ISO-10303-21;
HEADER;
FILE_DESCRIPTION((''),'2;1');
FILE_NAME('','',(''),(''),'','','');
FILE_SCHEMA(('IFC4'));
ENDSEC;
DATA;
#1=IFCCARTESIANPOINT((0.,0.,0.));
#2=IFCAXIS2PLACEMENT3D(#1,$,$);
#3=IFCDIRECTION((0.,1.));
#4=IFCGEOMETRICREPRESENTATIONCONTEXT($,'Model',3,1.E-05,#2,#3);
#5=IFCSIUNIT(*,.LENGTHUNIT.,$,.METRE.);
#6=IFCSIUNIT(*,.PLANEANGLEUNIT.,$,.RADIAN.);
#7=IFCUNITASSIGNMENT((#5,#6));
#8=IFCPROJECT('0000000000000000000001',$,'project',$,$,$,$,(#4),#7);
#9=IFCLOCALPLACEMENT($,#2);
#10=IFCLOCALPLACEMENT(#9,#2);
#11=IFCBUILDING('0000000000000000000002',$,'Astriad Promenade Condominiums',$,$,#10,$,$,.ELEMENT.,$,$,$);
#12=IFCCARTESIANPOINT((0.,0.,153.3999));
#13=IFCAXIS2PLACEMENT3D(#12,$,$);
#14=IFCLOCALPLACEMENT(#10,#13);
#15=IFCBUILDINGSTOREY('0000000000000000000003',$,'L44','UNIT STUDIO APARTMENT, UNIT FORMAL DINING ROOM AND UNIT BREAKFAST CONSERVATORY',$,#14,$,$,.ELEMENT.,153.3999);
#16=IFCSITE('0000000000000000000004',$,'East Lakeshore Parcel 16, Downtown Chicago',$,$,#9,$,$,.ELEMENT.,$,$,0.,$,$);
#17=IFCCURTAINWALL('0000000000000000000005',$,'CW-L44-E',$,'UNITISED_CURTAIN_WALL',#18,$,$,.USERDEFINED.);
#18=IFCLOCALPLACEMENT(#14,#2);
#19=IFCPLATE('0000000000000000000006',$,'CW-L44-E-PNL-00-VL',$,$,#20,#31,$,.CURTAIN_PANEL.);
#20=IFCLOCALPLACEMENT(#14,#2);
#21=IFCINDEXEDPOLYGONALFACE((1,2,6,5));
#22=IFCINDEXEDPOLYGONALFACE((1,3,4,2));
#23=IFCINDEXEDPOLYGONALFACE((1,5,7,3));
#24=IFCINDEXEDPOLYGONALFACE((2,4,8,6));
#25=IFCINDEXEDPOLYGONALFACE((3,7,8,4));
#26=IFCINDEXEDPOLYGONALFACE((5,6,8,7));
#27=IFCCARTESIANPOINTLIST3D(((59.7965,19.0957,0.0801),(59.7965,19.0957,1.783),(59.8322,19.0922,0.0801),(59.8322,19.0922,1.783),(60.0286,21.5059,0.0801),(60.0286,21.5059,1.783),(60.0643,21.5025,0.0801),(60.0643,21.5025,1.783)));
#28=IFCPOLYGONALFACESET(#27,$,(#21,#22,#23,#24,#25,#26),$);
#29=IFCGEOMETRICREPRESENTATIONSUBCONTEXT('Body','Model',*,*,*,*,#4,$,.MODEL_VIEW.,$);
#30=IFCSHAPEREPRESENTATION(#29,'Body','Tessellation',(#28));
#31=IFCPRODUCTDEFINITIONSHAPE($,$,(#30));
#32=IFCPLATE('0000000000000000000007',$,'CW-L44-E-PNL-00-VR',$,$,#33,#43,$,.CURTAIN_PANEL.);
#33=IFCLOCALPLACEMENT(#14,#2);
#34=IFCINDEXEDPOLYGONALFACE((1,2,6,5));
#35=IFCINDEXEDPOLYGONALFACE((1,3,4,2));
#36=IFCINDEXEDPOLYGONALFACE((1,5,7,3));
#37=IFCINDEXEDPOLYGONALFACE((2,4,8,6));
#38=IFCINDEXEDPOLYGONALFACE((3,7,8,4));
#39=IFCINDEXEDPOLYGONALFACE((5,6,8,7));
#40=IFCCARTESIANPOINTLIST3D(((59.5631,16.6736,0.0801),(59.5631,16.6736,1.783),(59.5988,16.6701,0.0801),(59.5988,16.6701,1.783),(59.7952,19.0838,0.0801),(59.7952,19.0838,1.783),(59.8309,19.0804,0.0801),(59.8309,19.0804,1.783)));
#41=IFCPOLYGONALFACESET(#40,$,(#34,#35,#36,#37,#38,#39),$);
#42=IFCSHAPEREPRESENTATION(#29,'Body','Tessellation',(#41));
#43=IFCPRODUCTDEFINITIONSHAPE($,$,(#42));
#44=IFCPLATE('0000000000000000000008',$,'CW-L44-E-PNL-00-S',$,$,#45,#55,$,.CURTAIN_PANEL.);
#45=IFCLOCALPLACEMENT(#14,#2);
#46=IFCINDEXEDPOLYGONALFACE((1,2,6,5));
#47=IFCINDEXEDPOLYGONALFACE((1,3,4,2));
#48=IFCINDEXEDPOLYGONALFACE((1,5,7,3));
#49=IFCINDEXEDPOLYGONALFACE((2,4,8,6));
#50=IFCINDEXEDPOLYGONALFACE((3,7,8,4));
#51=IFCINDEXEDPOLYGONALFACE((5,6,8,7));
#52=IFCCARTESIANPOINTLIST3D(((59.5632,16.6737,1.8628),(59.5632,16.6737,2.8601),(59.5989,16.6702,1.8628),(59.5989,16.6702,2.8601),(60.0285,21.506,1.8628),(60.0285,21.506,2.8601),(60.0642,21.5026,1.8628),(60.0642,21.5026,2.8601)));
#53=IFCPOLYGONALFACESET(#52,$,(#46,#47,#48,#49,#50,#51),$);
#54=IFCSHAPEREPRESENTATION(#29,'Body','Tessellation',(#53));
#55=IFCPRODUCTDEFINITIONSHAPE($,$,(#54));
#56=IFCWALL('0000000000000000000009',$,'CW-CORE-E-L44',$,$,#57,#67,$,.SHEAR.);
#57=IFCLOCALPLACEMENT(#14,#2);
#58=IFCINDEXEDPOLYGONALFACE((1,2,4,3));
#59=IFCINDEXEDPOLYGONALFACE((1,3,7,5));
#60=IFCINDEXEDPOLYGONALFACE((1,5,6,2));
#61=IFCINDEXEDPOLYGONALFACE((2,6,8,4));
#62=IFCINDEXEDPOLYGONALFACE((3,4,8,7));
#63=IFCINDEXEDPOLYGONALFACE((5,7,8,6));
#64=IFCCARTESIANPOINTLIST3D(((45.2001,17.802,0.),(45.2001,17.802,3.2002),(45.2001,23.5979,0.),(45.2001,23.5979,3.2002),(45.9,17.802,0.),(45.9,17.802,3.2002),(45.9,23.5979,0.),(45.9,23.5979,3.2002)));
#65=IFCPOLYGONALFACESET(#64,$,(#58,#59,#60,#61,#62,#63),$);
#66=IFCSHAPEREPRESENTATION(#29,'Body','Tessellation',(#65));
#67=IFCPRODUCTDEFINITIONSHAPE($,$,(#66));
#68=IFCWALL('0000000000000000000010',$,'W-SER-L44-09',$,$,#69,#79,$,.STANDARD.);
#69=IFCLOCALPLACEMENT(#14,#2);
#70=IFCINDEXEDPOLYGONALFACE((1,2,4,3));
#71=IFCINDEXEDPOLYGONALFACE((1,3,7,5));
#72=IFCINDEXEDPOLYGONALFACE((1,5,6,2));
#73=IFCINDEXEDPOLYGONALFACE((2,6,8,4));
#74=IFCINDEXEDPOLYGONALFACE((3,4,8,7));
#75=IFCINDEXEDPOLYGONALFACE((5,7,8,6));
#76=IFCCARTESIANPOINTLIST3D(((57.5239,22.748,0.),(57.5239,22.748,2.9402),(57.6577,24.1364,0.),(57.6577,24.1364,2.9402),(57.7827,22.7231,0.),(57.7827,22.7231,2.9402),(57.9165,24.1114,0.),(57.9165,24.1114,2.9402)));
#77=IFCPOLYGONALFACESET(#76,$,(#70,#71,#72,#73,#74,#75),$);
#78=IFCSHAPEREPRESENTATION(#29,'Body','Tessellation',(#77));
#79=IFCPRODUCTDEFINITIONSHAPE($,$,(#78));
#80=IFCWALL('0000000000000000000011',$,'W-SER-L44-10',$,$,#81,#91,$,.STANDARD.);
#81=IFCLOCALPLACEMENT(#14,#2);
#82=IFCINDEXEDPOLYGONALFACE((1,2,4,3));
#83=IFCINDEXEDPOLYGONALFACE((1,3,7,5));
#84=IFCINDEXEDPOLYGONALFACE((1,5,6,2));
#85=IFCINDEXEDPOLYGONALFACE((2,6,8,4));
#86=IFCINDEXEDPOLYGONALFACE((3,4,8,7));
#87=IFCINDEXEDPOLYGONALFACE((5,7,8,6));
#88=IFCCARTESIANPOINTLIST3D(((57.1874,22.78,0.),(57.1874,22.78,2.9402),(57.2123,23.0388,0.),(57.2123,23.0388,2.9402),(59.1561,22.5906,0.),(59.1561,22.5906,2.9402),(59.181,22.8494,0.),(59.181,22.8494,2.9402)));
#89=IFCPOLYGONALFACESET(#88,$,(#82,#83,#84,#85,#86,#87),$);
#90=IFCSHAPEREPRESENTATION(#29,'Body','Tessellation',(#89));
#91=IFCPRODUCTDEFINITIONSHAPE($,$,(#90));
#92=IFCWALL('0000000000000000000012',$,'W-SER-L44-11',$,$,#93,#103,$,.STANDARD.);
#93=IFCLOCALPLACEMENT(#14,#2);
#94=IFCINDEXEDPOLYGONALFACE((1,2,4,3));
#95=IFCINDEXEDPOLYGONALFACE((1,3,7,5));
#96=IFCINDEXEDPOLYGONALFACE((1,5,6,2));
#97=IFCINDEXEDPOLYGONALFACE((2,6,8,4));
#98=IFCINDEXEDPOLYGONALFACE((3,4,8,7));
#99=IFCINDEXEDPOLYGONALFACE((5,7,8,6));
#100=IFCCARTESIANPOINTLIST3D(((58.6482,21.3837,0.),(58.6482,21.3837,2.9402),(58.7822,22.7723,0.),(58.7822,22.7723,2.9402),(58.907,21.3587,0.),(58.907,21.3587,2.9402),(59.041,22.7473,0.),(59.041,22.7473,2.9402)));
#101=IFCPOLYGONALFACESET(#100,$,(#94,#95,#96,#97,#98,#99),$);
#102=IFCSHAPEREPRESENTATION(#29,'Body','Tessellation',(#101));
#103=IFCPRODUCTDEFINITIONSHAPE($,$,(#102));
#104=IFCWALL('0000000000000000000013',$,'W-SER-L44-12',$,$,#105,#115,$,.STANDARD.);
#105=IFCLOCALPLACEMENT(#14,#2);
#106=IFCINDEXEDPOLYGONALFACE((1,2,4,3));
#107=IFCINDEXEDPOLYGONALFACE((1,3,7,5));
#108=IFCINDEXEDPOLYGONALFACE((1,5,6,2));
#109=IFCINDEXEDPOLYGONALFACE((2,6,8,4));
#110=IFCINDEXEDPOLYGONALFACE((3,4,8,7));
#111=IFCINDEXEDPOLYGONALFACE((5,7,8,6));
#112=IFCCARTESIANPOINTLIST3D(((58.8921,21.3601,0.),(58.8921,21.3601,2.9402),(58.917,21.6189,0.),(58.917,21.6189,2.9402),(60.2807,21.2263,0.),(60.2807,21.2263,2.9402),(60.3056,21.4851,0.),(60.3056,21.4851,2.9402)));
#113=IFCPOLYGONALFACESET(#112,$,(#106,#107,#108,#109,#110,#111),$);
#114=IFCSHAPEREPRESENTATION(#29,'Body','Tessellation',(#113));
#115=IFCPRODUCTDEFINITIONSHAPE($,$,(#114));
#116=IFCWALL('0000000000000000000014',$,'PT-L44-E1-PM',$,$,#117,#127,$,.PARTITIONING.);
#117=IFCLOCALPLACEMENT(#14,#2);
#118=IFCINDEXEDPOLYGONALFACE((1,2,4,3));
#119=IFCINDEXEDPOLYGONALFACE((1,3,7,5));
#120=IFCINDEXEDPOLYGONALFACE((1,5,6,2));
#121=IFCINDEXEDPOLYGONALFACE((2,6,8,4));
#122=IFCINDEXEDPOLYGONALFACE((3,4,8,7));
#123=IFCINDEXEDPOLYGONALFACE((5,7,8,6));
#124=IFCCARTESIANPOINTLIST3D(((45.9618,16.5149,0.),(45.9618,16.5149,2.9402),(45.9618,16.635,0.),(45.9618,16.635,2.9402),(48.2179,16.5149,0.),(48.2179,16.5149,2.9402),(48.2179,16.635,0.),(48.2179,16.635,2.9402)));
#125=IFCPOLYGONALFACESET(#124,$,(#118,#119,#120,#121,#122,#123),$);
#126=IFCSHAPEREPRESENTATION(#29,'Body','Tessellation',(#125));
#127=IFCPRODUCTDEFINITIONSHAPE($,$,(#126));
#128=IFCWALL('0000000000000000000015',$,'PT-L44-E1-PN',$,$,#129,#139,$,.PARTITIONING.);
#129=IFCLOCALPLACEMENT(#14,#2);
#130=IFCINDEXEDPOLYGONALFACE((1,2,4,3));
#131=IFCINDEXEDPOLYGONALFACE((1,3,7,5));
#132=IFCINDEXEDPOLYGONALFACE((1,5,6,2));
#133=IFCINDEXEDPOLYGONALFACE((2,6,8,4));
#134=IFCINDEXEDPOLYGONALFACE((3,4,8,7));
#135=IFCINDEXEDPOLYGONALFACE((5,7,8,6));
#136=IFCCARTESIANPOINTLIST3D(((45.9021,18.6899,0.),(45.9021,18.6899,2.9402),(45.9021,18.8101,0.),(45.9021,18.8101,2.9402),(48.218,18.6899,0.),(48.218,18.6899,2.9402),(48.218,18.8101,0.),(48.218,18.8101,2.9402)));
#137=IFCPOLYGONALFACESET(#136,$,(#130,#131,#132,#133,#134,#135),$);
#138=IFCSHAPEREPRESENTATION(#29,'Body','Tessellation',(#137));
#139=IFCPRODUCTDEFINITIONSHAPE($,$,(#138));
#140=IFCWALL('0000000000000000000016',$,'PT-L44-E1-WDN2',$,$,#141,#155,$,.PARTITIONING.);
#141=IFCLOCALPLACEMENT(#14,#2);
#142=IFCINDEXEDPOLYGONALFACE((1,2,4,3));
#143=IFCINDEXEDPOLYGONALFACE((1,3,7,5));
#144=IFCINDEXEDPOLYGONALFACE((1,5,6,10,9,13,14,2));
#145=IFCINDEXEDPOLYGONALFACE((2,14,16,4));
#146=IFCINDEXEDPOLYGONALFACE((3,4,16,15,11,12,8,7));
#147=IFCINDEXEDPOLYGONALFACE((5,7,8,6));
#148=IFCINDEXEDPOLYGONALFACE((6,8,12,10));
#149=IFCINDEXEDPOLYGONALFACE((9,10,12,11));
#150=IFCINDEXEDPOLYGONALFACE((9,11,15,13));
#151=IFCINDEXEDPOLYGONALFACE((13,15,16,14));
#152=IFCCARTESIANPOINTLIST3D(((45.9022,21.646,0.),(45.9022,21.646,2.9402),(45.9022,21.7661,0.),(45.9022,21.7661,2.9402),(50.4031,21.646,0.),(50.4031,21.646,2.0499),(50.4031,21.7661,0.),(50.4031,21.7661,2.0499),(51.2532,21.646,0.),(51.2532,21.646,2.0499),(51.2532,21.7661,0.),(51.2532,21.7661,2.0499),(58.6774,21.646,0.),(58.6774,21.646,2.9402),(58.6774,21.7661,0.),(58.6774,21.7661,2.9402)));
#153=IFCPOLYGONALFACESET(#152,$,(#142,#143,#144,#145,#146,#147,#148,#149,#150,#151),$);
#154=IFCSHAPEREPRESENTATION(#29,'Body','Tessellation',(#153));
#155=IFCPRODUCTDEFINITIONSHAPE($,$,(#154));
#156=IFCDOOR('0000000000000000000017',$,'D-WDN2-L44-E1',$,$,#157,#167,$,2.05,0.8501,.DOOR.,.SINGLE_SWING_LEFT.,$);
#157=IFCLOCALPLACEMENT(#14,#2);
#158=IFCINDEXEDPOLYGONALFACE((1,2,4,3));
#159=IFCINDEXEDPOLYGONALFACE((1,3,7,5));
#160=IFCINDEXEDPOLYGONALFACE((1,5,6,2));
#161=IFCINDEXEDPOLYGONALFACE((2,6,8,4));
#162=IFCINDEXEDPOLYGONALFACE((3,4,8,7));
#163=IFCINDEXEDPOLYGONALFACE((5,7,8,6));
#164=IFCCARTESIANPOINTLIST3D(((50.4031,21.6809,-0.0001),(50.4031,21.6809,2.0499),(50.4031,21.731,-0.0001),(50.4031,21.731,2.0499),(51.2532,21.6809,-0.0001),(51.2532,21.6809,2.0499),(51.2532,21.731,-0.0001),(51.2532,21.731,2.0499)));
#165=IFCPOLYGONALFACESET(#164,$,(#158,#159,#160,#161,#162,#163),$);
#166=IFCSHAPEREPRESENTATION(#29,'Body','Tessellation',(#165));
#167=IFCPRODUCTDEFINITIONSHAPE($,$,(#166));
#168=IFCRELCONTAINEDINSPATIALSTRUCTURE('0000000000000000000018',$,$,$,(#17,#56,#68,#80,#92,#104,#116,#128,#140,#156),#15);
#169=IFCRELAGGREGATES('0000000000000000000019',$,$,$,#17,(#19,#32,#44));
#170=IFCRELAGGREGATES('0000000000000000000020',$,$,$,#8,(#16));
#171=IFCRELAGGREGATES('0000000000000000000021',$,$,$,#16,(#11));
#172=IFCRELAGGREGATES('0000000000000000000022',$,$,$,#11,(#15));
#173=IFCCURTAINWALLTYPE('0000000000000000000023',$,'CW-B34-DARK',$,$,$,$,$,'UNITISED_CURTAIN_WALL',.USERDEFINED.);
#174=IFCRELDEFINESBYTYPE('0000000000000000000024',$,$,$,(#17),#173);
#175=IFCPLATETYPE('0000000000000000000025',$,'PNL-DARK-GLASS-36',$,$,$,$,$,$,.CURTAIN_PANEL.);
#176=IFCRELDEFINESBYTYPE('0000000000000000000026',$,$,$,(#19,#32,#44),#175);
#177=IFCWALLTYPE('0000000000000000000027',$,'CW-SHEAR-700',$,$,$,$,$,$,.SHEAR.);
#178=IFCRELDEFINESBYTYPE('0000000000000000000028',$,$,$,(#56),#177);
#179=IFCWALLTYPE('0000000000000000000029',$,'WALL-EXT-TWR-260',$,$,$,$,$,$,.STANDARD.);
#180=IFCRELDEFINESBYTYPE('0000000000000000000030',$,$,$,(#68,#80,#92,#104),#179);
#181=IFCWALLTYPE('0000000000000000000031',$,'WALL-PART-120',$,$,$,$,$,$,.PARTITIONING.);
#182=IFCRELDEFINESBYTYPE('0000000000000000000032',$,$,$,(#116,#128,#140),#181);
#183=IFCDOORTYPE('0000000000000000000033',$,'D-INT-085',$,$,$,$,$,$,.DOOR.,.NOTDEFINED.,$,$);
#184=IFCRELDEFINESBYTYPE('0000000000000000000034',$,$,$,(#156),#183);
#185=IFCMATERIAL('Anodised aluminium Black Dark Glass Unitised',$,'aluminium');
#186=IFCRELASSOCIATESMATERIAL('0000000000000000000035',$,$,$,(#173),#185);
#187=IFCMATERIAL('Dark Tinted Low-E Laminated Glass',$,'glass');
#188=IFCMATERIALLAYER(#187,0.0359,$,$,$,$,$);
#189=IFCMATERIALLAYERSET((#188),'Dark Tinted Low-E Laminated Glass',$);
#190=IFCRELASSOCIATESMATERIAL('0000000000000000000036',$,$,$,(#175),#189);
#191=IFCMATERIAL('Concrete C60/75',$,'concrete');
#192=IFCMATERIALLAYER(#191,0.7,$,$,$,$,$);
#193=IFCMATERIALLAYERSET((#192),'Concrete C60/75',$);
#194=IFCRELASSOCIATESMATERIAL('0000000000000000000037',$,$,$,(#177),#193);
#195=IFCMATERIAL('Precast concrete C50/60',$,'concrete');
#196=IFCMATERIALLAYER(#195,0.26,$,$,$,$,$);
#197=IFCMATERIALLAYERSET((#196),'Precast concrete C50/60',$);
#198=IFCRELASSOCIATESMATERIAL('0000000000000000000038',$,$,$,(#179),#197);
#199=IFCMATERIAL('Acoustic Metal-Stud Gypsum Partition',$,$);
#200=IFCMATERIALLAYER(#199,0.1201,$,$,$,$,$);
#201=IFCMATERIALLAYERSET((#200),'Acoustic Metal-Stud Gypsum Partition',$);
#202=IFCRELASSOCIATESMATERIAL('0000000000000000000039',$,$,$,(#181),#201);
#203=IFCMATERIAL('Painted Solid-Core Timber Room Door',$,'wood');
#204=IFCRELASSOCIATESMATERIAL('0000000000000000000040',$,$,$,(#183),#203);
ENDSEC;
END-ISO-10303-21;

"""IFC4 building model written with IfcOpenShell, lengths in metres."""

from ifc_helpers import new_model, si_unit, direction, frame, frame_2d, origin, origin_2d, place, context, subcontext, project, spatial, rectangle, extrude, source, transform, mapped, material, layer, layer_set, type_object, type_shapes, element, fill, aggregate, save


model = new_model("IFC4")

# Units and contexts
model_context = context("Model", 3, precision=1e-05, world=origin(), true_north=direction((0.0, 1.0)))
body_context = subcontext(model_context, "Body", "Model", "MODEL_VIEW")
ifc_project = project(units=[si_unit("LENGTHUNIT", "METRE"), si_unit("PLANEANGLEUNIT", "RADIAN")], contexts=[model_context])

# Site, building, storey
site_placement = place(None, origin())
site = spatial("IfcSite", under=ifc_project, at=site_placement, Name="East Lakeshore Parcel 16, Downtown Chicago", CompositionType="ELEMENT", RefElevation=0.0)
building_placement = place(site_placement, origin())
building = spatial("IfcBuilding", under=site, at=building_placement, Name="Astriad Promenade Condominiums", CompositionType="ELEMENT")
storey_placement = place(building_placement, frame((0.0, 0.0, 153.3999)))
storey = spatial("IfcBuildingStorey", under=building, at=storey_placement, Name="L44", Description="UNIT STUDIO APARTMENT, UNIT FORMAL DINING ROOM AND UNIT BREAKFAST CONSERVATORY", CompositionType="ELEMENT", Elevation=153.3999)

# Shared definitions
ifc_material_1 = material(Name="Concrete C60/75", Category="concrete")

# Curtain wall, plates
ifc_material_2 = material(Name="Anodised aluminium Black Dark Glass Unitised", Category="aluminium")
curtain_wall_type = type_object("IfcCurtainWallType", Name="CW-B34-DARK", ElementType="UNITISED_CURTAIN_WALL", PredefinedType="USERDEFINED", material=ifc_material_2)
curtain_wall_placement = place(storey_placement, origin())
curtain_wall = element("IfcCurtainWall", 1, at=curtain_wall_placement, inside=storey, type_object=curtain_wall_type, Name="CW-L44-E", ObjectType="UNITISED_CURTAIN_WALL", PredefinedType="USERDEFINED")
ifc_material_3 = material(Name="Dark Tinted Low-E Laminated Glass", Category="glass")
ifc_layer_1 = layer(ifc_material_3, 0.0359)
ifc_layer_set_1 = layer_set([ifc_layer_1], Name="Dark Tinted Low-E Laminated Glass")
plate_type = type_object("IfcPlateType", Name="PNL-DARK-GLASS-36", PredefinedType="CURTAIN_PANEL", material=ifc_layer_set_1)
shared_shape_1 = source(origin(), body_context, "Body", "SweptSolid", [
    extrude(rectangle(XDim=2.4214, YDim=0.0359, at=origin_2d()), origin(), (0.0, 0.0, 1.0), 1.7029),
])
plate_1_placement = place(storey_placement, frame((59.9304, 20.2991, 0.0801), z_axis=(0.0, 0.0, 1.0), x_axis=(-0.095846, -0.995396, 0.0)))
plate_1 = element("IfcPlate", 2, at=plate_1_placement, type_object=plate_type, Name="CW-L44-E-PNL-00-VL", PredefinedType="CURTAIN_PANEL", context=body_context, shape_type="MappedRepresentation", body=[
    mapped(shared_shape_1, transform((0.0, 0.0, 0.0), scale=1.0)),
])
plate_2_placement = place(storey_placement, frame((59.697, 17.877, 0.0801), z_axis=(0.0, 0.0, 1.0), x_axis=(-0.095846, -0.995396, 0.0)))
plate_2 = element("IfcPlate", 3, at=plate_2_placement, type_object=plate_type, Name="CW-L44-E-PNL-00-VR", PredefinedType="CURTAIN_PANEL", context=body_context, shape_type="MappedRepresentation", body=[
    mapped(shared_shape_1, transform((0.0, 0.0, 0.0), scale=1.0)),
])
shared_shape_2 = source(origin(), body_context, "Body", "SweptSolid", [
    extrude(rectangle(XDim=4.8547, YDim=0.0359, at=origin_2d()), origin(), (0.0, 0.0, 1.0), 0.9973),
])
type_shapes(plate_type, [shared_shape_1, shared_shape_2])
plate_3_placement = place(storey_placement, frame((59.8137, 19.0881, 1.8628), z_axis=(0.0, 0.0, 1.0), x_axis=(-0.095846, -0.995396, 0.0)))
plate_3 = element("IfcPlate", 4, at=plate_3_placement, type_object=plate_type, Name="CW-L44-E-PNL-00-S", PredefinedType="CURTAIN_PANEL", context=body_context, shape_type="MappedRepresentation", body=[
    mapped(shared_shape_2, transform((0.0, 0.0, 0.0), scale=1.0)),
])
aggregate(curtain_wall, [plate_1, plate_2, plate_3])

# Walls
ifc_layer_2 = layer(ifc_material_1, 0.7)
ifc_layer_set_2 = layer_set([ifc_layer_2], Name="Concrete C60/75")
wall_type_1 = type_object("IfcWallType", Name="CW-SHEAR-700", PredefinedType="SHEAR", material=ifc_layer_set_2)
wall_1_placement = place(storey_placement, frame((45.55, 17.802, 0.0), z_axis=(0.0, 0.0, 1.0), x_axis=(0.0, 1.0, 0.0)))
element("IfcWall", 5, at=wall_1_placement, inside=storey, type_object=wall_type_1, Name="CW-CORE-E-L44", PredefinedType="SHEAR", context=body_context, shape_type="SweptSolid", body=[
    extrude(rectangle(XDim=5.7959, YDim=0.7, at=frame_2d((2.8979, 0.0))), origin(), (0.0, 0.0, 1.0), 3.2002),
])
ifc_material_4 = material(Name="Precast concrete C50/60", Category="concrete")
ifc_layer_3 = layer(ifc_material_4, 0.26)
ifc_layer_set_3 = layer_set([ifc_layer_3], Name="Precast concrete C50/60")
wall_type_2 = type_object("IfcWallType", Name="WALL-EXT-TWR-260", PredefinedType="STANDARD", material=ifc_layer_set_3)
wall_2_placement = place(storey_placement, frame((57.7871, 24.1238, 0.0), z_axis=(0.0, 0.0, 1.0), x_axis=(-0.095916, -0.995389, 0.0)))
element("IfcWall", 6, at=wall_2_placement, inside=storey, type_object=wall_type_2, Name="W-SER-L44-09", PredefinedType="STANDARD", context=body_context, shape_type="SweptSolid", body=[
    extrude(rectangle(XDim=1.3948, YDim=0.26, at=frame_2d((0.6973, 0.0))), origin(), (0.0, 0.0, 1.0), 2.9402),
])
wall_3_placement = place(storey_placement, frame((57.2, 22.9094, 0.0), z_axis=(0.0, 0.0, 1.0), x_axis=(0.995402, -0.095788, 0.0)))
element("IfcWall", 7, at=wall_3_placement, inside=storey, type_object=wall_type_2, Name="W-SER-L44-10", PredefinedType="STANDARD", context=body_context, shape_type="SweptSolid", body=[
    extrude(rectangle(XDim=1.9778, YDim=0.26, at=frame_2d((0.9888, 0.0))), origin(), (0.0, 0.0, 1.0), 2.9402),
])
for number, where, z_axis, x_axis, name in (
    (8, (58.9116, 22.7598, 0.0), (0.0, 0.0, 1.0), (-0.096073, -0.995374, 0.0), "W-SER-L44-11"),
    (9, (58.9045, 21.4895, 0.0), (0.0, 0.0, 1.0), (0.995391, -0.095899, 0.0), "W-SER-L44-12"),
):
    element("IfcWall", number, at=place(storey_placement, frame(where, z_axis=z_axis, x_axis=x_axis)), inside=storey, type_object=wall_type_2, Name=name, PredefinedType="STANDARD", context=body_context, shape_type="SweptSolid", body=[
        extrude(rectangle(XDim=1.395, YDim=0.26, at=frame_2d((0.6975, 0.0))), origin(), (0.0, 0.0, 1.0), 2.9402),
    ])
ifc_material_5 = material(Name="Acoustic Metal-Stud Gypsum Partition")
ifc_layer_4 = layer(ifc_material_5, 0.1201)
ifc_layer_set_4 = layer_set([ifc_layer_4], Name="Acoustic Metal-Stud Gypsum Partition")
wall_type_3 = type_object("IfcWallType", Name="WALL-PART-120", PredefinedType="PARTITIONING", material=ifc_layer_set_4)
wall_4_placement = place(storey_placement, frame((45.9619, 16.575, 0.0), z_axis=(0.0, 0.0, 1.0), x_axis=(1.0, 0.0, 0.0)))
element("IfcWall", 10, at=wall_4_placement, inside=storey, type_object=wall_type_3, Name="PT-L44-E1-PM", PredefinedType="PARTITIONING", context=body_context, shape_type="SweptSolid", body=[
    extrude(rectangle(XDim=2.2561, YDim=0.1201, at=frame_2d((1.1279, 0.0))), origin(), (0.0, 0.0, 1.0), 2.9402),
])
wall_5_placement = place(storey_placement, frame((45.9021, 18.75, 0.0), z_axis=(0.0, 0.0, 1.0), x_axis=(1.0, 0.0, 0.0)))
element("IfcWall", 11, at=wall_5_placement, inside=storey, type_object=wall_type_3, Name="PT-L44-E1-PN", PredefinedType="PARTITIONING", context=body_context, shape_type="SweptSolid", body=[
    extrude(rectangle(XDim=2.3159, YDim=0.1201, at=frame_2d((1.158, 0.0))), origin(), (0.0, 0.0, 1.0), 2.9402),
])

# Wall, opening, door
wall_6_placement = place(storey_placement, frame((45.9021, 21.7061, 0.0), z_axis=(0.0, 0.0, 1.0), x_axis=(1.0, 0.0, 0.0)))
wall_6 = element("IfcWall", 12, at=wall_6_placement, inside=storey, type_object=wall_type_3, Name="PT-L44-E1-WDN2", PredefinedType="PARTITIONING", context=body_context, shape_type="SweptSolid", body=[
    extrude(rectangle(XDim=12.7751, YDim=0.1201, at=frame_2d((6.3877, 0.0))), origin(), (0.0, 0.0, 1.0), 2.9402),
])
opening_1_placement = place(wall_6_placement, frame((4.501, 0.0, 0.0)))
opening_1 = element("IfcOpeningElement", 13, at=opening_1_placement, cuts=wall_6, PredefinedType="OPENING", context=body_context, shape_type="SweptSolid", body=[
    extrude(rectangle(XDim=0.8501, YDim=2.05, at=frame_2d((0.425, 1.0249))), frame((0.0, 0.0701, 0.0), z_axis=(0.0, -1.0, 0.0), x_axis=(1.0, 0.0, 0.0)), (0.0, 0.0, 1.0), 0.1401),
])
ifc_material_6 = material(Name="Painted Solid-Core Timber Room Door", Category="wood")
door_type = type_object("IfcDoorType", Name="D-INT-085", OperationType="NOTDEFINED", PredefinedType="DOOR", material=ifc_material_6)
shared_shape_3 = source(origin(), body_context, "Body", "SweptSolid", [
    extrude(rectangle(XDim=0.8501, YDim=2.05, at=frame_2d((0.425, 1.0249))), frame((0.0, 0.0249, 0.0), z_axis=(0.0, -1.0, 0.0), x_axis=(1.0, 0.0, 0.0)), (0.0, 0.0, 1.0), 0.05),
])
type_shapes(door_type, [shared_shape_3])
door_1_placement = place(opening_1_placement, origin())
door_1 = element("IfcDoor", 14, at=door_1_placement, inside=storey, type_object=door_type, Name="D-WDN2-L44-E1", OperationType="SINGLE_SWING_LEFT", OverallHeight=2.05, OverallWidth=0.8501, PredefinedType="DOOR", context=body_context, shape_type="MappedRepresentation", body=[
    mapped(shared_shape_3, transform((0.0, 0.0, 0.0), scale=1.0)),
])
fill(opening_1, door_1)

save(model, "model.ifc")
